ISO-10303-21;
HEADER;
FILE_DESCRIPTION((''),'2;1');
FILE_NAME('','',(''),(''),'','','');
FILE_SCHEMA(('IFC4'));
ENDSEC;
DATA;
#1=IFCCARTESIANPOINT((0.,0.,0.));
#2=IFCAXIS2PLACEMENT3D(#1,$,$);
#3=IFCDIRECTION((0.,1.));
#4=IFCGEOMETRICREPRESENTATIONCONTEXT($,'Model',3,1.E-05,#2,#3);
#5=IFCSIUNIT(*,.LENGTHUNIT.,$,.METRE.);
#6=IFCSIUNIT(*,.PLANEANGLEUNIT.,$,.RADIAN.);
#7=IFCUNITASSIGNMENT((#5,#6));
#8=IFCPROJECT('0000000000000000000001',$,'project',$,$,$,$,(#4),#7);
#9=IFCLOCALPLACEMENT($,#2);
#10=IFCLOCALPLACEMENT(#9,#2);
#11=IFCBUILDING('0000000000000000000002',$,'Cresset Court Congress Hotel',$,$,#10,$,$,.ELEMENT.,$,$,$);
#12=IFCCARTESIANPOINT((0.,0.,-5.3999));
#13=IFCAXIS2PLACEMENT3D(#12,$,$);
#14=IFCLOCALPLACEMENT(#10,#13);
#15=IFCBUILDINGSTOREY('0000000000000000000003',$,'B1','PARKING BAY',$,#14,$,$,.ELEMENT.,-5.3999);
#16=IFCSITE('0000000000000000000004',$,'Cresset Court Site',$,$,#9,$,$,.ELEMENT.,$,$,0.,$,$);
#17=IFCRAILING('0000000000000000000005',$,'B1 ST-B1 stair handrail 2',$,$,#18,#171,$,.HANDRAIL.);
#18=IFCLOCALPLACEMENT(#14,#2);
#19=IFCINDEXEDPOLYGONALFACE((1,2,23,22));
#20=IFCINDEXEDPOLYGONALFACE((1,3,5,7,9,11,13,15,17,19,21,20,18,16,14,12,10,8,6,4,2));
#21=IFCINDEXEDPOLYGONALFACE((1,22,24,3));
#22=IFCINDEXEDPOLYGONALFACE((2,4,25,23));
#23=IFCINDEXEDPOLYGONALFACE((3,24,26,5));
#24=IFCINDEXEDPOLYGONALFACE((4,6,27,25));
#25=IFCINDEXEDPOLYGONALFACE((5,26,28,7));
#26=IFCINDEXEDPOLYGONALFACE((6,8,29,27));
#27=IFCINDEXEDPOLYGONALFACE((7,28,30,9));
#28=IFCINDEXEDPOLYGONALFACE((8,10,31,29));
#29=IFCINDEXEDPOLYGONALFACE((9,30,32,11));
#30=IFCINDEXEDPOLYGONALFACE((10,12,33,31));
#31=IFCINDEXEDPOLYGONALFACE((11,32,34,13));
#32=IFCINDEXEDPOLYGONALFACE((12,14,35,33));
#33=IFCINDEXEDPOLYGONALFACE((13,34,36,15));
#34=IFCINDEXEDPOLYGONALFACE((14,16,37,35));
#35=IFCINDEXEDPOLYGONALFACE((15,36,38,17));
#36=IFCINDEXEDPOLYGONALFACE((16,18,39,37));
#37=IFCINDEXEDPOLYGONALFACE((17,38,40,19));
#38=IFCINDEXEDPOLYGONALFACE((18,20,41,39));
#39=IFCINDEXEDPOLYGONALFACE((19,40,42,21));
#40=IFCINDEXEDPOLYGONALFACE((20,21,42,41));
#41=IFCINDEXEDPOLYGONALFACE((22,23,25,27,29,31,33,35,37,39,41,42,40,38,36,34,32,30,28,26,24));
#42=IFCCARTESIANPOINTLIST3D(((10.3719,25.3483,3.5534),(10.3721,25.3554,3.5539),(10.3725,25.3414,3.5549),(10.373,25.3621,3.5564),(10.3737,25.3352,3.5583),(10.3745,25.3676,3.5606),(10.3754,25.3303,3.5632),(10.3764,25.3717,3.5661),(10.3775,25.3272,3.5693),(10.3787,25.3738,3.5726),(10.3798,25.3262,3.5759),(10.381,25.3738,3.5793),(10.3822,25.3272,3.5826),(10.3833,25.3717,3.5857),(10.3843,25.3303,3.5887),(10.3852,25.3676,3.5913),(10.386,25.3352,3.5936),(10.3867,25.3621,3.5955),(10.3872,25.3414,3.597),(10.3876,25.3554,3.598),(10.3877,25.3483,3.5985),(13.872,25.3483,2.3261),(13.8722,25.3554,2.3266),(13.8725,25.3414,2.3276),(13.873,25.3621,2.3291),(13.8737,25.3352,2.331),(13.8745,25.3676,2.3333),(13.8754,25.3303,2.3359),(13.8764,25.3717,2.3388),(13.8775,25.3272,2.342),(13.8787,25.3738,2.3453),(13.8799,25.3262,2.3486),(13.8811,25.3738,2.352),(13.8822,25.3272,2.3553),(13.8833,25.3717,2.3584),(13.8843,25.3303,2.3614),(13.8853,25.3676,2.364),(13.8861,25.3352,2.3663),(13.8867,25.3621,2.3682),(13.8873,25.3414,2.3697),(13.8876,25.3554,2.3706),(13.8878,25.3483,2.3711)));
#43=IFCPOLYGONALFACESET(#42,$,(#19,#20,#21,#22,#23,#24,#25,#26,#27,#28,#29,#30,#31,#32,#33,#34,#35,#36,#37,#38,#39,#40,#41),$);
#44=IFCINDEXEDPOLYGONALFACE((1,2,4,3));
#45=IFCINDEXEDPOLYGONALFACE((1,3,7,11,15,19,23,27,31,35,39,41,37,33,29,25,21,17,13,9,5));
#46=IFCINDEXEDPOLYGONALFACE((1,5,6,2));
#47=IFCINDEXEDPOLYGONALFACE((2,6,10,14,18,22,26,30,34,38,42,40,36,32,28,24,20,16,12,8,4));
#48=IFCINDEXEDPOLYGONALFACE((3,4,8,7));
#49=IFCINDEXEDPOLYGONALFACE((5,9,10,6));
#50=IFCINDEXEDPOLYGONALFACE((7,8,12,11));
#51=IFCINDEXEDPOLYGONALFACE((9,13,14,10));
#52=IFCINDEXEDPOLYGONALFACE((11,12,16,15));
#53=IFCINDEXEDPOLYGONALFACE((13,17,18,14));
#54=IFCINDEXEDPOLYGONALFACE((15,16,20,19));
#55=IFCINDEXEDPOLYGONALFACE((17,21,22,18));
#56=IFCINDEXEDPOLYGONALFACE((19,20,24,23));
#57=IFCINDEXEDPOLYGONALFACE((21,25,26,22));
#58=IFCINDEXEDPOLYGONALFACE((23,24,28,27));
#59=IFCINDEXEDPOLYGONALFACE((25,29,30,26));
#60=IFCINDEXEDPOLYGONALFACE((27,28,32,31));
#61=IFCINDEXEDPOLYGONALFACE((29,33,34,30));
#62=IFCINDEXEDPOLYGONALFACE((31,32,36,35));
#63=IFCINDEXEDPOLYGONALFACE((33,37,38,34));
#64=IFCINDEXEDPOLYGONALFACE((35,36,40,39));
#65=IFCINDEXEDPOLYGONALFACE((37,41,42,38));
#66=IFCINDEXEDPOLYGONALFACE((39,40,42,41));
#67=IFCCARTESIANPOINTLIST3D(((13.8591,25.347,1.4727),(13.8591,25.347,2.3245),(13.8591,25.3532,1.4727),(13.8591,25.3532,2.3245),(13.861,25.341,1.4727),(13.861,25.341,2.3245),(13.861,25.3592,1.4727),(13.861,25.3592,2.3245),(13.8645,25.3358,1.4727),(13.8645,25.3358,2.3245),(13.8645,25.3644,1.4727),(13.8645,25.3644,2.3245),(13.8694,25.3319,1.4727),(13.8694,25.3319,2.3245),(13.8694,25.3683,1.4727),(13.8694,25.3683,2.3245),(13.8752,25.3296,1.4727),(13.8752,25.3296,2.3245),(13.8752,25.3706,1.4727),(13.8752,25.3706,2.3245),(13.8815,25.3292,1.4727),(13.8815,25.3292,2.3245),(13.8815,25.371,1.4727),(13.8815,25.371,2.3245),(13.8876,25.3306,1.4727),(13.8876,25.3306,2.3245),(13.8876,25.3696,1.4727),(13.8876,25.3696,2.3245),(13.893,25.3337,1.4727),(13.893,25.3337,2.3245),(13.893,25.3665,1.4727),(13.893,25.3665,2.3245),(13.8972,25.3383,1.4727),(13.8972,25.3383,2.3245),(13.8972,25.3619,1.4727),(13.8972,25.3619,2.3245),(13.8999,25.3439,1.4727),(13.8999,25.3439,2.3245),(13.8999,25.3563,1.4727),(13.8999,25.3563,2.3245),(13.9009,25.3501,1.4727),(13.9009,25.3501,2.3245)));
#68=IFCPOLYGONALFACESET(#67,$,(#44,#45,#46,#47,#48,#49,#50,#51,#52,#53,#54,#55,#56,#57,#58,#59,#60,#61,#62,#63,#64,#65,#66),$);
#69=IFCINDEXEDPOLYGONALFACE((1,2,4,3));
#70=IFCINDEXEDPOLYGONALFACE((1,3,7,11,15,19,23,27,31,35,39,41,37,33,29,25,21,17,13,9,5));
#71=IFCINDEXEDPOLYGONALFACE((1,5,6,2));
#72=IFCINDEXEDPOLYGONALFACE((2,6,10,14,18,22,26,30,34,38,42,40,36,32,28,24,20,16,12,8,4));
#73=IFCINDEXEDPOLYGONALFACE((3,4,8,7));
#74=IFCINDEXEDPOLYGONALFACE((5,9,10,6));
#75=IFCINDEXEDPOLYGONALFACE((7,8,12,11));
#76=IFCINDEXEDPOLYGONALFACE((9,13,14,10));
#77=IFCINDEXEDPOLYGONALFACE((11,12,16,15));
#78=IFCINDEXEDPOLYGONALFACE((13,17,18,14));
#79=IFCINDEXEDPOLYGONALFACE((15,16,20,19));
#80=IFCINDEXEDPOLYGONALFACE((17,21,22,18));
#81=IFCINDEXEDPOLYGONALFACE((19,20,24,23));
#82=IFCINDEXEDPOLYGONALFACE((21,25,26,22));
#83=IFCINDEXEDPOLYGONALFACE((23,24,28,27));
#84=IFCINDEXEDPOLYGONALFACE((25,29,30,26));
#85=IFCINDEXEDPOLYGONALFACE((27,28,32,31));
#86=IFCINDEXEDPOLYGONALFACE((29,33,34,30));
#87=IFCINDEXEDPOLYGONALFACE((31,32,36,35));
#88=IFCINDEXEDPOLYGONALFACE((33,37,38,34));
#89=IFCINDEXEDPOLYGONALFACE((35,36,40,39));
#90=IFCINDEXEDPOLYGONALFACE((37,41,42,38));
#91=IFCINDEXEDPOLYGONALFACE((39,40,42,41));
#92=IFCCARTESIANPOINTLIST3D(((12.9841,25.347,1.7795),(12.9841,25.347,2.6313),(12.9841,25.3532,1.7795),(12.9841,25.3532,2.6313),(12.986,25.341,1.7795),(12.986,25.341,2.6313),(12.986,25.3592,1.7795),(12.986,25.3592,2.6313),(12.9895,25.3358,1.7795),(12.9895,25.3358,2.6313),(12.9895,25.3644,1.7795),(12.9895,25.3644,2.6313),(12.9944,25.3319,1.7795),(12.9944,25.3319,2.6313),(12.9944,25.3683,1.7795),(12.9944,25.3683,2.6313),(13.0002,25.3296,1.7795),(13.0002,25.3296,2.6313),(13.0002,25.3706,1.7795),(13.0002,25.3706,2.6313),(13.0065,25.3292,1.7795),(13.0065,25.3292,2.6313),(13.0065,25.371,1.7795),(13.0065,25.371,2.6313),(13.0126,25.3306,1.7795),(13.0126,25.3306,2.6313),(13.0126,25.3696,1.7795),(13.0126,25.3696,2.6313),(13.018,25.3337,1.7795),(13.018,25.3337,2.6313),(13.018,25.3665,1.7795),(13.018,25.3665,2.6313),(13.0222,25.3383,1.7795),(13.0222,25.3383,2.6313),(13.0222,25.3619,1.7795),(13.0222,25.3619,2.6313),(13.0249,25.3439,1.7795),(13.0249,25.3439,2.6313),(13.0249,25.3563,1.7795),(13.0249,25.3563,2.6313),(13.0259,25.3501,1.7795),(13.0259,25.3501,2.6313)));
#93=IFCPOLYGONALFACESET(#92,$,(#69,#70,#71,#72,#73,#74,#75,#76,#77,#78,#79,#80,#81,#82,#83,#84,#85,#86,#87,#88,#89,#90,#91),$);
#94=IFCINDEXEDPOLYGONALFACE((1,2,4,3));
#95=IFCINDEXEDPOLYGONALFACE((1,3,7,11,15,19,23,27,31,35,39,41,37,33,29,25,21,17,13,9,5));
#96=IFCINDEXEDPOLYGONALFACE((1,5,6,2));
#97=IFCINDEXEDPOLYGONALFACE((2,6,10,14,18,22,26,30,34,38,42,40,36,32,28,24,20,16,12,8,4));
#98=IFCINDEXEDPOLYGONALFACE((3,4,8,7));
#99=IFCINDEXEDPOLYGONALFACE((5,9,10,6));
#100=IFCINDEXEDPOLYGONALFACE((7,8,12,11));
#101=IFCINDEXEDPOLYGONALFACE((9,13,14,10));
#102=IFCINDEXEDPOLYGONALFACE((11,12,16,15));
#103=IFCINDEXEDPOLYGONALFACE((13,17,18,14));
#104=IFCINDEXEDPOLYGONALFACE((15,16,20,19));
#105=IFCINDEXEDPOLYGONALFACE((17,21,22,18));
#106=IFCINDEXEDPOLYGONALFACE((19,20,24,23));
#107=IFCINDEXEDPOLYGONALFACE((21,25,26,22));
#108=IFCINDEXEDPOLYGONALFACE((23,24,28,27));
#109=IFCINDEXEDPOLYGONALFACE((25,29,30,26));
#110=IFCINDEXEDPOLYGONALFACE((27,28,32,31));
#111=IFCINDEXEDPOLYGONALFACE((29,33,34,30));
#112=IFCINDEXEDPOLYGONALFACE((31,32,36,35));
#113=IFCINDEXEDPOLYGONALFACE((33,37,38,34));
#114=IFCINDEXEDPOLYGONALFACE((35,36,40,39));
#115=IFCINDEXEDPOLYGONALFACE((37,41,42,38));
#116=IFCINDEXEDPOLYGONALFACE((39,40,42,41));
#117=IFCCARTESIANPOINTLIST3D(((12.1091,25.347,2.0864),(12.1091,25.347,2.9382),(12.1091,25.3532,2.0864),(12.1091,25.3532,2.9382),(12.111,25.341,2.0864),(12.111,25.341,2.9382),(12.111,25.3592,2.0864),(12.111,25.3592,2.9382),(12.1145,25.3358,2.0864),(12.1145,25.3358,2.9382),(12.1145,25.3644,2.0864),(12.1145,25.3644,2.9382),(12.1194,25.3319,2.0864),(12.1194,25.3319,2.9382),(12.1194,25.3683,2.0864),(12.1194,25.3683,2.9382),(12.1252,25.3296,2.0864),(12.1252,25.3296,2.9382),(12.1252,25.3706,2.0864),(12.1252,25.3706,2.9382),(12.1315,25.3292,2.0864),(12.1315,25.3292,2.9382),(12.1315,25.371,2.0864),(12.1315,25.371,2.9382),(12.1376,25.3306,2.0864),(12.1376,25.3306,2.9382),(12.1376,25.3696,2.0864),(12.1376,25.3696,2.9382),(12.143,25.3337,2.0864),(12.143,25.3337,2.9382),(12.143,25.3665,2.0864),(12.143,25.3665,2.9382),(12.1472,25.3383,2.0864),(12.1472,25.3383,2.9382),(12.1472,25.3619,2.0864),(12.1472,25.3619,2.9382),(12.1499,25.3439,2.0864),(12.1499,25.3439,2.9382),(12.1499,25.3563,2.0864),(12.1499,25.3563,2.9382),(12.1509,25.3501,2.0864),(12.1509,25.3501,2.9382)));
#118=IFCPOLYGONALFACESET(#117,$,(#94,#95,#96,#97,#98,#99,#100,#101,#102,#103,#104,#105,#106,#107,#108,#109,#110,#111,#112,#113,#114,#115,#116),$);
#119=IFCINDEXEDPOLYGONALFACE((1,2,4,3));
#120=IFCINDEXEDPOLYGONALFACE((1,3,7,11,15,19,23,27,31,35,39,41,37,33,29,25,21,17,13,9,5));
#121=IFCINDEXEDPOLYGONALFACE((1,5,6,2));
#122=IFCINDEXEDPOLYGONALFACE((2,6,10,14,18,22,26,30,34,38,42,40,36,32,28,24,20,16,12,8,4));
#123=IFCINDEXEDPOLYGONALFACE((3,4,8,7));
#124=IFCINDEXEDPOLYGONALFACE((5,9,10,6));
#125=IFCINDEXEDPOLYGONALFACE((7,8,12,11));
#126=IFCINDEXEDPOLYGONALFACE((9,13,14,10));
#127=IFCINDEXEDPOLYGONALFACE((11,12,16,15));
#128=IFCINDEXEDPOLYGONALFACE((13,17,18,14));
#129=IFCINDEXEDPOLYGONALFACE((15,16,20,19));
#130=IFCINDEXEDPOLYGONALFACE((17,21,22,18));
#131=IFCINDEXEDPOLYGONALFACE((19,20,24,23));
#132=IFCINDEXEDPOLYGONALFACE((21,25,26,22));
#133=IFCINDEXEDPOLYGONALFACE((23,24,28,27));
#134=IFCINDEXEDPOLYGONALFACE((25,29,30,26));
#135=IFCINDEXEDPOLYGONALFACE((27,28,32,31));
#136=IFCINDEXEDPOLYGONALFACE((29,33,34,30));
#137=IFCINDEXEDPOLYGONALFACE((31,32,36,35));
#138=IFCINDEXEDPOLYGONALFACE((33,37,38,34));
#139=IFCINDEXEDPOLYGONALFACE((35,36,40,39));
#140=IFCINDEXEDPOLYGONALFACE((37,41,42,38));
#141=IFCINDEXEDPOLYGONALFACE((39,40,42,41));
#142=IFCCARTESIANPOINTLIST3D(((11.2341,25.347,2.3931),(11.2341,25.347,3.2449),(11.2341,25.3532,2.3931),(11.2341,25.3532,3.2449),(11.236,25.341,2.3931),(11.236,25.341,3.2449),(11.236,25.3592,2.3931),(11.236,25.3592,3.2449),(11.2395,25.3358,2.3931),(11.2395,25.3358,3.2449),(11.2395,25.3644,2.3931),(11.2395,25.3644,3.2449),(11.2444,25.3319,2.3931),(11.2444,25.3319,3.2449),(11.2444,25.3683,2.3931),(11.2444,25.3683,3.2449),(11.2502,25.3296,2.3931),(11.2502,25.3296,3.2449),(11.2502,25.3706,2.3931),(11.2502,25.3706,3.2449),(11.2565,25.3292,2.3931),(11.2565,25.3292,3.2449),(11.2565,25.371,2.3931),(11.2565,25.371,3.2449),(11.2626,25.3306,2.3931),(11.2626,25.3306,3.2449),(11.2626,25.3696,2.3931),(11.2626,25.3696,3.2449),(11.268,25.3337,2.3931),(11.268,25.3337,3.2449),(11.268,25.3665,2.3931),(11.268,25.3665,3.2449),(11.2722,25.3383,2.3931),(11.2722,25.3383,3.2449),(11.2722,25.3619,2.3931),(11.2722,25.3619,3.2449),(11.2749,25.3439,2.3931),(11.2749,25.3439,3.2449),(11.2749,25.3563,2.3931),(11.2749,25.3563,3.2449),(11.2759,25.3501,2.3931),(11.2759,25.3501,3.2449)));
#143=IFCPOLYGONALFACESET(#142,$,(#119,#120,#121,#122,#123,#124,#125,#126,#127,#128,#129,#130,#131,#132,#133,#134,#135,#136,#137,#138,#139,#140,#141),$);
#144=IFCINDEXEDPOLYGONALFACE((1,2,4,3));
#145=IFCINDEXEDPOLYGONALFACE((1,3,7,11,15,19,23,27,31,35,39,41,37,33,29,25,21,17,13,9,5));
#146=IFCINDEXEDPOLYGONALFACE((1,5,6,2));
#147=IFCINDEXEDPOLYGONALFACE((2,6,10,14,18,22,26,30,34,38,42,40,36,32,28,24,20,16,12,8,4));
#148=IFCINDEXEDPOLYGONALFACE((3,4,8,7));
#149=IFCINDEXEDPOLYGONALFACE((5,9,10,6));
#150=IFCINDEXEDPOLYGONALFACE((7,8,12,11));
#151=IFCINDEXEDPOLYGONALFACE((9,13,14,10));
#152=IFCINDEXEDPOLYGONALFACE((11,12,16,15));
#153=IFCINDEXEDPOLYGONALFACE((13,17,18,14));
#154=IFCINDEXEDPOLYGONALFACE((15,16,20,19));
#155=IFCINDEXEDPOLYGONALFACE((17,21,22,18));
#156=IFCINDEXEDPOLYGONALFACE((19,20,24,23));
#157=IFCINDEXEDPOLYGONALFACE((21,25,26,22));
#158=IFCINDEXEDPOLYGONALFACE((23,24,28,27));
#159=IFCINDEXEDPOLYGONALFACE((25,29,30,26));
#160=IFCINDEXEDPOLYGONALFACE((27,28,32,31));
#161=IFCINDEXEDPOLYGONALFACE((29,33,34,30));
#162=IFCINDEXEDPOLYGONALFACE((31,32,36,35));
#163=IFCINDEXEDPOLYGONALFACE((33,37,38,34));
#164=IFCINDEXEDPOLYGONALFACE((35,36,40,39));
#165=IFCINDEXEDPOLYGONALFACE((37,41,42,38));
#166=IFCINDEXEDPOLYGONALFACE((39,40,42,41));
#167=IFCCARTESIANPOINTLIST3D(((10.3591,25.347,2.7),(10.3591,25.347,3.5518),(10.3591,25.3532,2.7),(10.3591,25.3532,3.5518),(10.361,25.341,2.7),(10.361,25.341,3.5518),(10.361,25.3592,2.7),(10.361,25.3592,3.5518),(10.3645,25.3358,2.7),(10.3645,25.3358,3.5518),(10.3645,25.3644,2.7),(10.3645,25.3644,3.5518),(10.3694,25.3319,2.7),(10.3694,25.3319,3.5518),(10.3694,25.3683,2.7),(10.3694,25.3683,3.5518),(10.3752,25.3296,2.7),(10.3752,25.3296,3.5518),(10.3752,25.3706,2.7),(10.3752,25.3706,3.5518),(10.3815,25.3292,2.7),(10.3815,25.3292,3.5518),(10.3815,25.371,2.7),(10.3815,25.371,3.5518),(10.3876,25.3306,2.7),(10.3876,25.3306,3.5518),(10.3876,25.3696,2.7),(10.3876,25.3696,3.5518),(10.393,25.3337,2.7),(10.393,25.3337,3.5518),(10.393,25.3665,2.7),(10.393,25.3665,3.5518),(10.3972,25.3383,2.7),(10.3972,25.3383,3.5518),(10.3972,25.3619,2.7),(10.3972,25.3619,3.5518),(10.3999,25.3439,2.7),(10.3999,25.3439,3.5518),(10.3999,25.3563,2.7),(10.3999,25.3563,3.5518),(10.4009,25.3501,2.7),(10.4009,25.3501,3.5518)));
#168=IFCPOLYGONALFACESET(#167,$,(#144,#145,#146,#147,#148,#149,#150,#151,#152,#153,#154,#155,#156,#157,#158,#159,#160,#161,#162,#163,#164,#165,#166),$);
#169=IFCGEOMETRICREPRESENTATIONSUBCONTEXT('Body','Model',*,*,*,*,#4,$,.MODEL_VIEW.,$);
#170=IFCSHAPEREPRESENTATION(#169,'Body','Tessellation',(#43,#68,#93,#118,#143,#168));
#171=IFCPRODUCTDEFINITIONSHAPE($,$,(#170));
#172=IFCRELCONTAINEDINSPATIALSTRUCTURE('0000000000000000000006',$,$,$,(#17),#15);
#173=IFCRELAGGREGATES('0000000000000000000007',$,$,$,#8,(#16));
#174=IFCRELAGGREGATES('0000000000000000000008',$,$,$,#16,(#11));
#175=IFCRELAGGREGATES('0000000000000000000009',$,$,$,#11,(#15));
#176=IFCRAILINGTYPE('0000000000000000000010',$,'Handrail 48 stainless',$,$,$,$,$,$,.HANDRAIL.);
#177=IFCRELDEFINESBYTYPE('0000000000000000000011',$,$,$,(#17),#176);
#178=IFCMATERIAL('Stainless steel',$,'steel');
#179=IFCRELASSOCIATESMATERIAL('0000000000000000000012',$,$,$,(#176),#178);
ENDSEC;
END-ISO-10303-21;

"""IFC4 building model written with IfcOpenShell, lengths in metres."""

from ifc_helpers import new_model, si_unit, direction, frame, origin, origin_2d, place, context, subcontext, project, spatial, circle, extrude, material, type_object, element, save


model = new_model("IFC4")

# Units and contexts
model_context = context("Model", 3, precision=1e-05, world=origin(), true_north=direction((0.0, 1.0)))
body_context = subcontext(model_context, "Body", "Model", "MODEL_VIEW")
ifc_project = project(units=[si_unit("LENGTHUNIT", "METRE"), si_unit("PLANEANGLEUNIT", "RADIAN")], contexts=[model_context])

# Site, building, storey
site_placement = place(None, origin())
site = spatial("IfcSite", under=ifc_project, at=site_placement, Name="Cresset Court Site", CompositionType="ELEMENT", RefElevation=0.0)
building_placement = place(site_placement, origin())
building = spatial("IfcBuilding", under=site, at=building_placement, Name="Cresset Court Congress Hotel", CompositionType="ELEMENT")
storey_placement = place(building_placement, frame((0.0, 0.0, -5.3999)))
storey = spatial("IfcBuildingStorey", under=building, at=storey_placement, Name="B1", Description="PARKING BAY", CompositionType="ELEMENT", Elevation=-5.3999)

# Railing
ifc_material_1 = material(Name="Stainless steel", Category="steel")
railing_type_1 = type_object("IfcRailingType", Name="Handrail 48 stainless", PredefinedType="HANDRAIL", material=ifc_material_1)
for number, where, name in (
    (1, (13.8799, 25.3501, 1.4727), "B1 ST-B1 stair handrail 2"),
):
    element("IfcRailing", number, at=place(storey_placement, frame(where)), inside=storey, type_object=railing_type_1, Name=name, PredefinedType="HANDRAIL", context=body_context, shape_type="SweptSolid", body=[
        extrude(circle(Radius=0.0239, at=origin_2d()), frame((0.0, 0.0, 0.876), z_axis=(-0.943665, 0.0, 0.330902), x_axis=(0.0, -1.0, 0.0)), (0.0, 0.0, 1.0), 3.709),
        extrude(circle(Radius=0.021, at=origin_2d()), origin(), (0.0, 0.0, 1.0), 0.8518),
        extrude(circle(Radius=0.021, at=origin_2d()), frame((-0.875, 0.0, 0.3069)), (0.0, 0.0, 1.0), 0.8518),
        extrude(circle(Radius=0.021, at=origin_2d()), frame((-1.75, 0.0, 0.6138)), (0.0, 0.0, 1.0), 0.8518),
        extrude(circle(Radius=0.021, at=origin_2d()), frame((-2.625, 0.0, 0.9204)), (0.0, 0.0, 1.0), 0.8518),
        extrude(circle(Radius=0.021, at=origin_2d()), frame((-3.5, 0.0, 1.2273)), (0.0, 0.0, 1.0), 0.8518),
    ])

save(model, "model.ifc")
